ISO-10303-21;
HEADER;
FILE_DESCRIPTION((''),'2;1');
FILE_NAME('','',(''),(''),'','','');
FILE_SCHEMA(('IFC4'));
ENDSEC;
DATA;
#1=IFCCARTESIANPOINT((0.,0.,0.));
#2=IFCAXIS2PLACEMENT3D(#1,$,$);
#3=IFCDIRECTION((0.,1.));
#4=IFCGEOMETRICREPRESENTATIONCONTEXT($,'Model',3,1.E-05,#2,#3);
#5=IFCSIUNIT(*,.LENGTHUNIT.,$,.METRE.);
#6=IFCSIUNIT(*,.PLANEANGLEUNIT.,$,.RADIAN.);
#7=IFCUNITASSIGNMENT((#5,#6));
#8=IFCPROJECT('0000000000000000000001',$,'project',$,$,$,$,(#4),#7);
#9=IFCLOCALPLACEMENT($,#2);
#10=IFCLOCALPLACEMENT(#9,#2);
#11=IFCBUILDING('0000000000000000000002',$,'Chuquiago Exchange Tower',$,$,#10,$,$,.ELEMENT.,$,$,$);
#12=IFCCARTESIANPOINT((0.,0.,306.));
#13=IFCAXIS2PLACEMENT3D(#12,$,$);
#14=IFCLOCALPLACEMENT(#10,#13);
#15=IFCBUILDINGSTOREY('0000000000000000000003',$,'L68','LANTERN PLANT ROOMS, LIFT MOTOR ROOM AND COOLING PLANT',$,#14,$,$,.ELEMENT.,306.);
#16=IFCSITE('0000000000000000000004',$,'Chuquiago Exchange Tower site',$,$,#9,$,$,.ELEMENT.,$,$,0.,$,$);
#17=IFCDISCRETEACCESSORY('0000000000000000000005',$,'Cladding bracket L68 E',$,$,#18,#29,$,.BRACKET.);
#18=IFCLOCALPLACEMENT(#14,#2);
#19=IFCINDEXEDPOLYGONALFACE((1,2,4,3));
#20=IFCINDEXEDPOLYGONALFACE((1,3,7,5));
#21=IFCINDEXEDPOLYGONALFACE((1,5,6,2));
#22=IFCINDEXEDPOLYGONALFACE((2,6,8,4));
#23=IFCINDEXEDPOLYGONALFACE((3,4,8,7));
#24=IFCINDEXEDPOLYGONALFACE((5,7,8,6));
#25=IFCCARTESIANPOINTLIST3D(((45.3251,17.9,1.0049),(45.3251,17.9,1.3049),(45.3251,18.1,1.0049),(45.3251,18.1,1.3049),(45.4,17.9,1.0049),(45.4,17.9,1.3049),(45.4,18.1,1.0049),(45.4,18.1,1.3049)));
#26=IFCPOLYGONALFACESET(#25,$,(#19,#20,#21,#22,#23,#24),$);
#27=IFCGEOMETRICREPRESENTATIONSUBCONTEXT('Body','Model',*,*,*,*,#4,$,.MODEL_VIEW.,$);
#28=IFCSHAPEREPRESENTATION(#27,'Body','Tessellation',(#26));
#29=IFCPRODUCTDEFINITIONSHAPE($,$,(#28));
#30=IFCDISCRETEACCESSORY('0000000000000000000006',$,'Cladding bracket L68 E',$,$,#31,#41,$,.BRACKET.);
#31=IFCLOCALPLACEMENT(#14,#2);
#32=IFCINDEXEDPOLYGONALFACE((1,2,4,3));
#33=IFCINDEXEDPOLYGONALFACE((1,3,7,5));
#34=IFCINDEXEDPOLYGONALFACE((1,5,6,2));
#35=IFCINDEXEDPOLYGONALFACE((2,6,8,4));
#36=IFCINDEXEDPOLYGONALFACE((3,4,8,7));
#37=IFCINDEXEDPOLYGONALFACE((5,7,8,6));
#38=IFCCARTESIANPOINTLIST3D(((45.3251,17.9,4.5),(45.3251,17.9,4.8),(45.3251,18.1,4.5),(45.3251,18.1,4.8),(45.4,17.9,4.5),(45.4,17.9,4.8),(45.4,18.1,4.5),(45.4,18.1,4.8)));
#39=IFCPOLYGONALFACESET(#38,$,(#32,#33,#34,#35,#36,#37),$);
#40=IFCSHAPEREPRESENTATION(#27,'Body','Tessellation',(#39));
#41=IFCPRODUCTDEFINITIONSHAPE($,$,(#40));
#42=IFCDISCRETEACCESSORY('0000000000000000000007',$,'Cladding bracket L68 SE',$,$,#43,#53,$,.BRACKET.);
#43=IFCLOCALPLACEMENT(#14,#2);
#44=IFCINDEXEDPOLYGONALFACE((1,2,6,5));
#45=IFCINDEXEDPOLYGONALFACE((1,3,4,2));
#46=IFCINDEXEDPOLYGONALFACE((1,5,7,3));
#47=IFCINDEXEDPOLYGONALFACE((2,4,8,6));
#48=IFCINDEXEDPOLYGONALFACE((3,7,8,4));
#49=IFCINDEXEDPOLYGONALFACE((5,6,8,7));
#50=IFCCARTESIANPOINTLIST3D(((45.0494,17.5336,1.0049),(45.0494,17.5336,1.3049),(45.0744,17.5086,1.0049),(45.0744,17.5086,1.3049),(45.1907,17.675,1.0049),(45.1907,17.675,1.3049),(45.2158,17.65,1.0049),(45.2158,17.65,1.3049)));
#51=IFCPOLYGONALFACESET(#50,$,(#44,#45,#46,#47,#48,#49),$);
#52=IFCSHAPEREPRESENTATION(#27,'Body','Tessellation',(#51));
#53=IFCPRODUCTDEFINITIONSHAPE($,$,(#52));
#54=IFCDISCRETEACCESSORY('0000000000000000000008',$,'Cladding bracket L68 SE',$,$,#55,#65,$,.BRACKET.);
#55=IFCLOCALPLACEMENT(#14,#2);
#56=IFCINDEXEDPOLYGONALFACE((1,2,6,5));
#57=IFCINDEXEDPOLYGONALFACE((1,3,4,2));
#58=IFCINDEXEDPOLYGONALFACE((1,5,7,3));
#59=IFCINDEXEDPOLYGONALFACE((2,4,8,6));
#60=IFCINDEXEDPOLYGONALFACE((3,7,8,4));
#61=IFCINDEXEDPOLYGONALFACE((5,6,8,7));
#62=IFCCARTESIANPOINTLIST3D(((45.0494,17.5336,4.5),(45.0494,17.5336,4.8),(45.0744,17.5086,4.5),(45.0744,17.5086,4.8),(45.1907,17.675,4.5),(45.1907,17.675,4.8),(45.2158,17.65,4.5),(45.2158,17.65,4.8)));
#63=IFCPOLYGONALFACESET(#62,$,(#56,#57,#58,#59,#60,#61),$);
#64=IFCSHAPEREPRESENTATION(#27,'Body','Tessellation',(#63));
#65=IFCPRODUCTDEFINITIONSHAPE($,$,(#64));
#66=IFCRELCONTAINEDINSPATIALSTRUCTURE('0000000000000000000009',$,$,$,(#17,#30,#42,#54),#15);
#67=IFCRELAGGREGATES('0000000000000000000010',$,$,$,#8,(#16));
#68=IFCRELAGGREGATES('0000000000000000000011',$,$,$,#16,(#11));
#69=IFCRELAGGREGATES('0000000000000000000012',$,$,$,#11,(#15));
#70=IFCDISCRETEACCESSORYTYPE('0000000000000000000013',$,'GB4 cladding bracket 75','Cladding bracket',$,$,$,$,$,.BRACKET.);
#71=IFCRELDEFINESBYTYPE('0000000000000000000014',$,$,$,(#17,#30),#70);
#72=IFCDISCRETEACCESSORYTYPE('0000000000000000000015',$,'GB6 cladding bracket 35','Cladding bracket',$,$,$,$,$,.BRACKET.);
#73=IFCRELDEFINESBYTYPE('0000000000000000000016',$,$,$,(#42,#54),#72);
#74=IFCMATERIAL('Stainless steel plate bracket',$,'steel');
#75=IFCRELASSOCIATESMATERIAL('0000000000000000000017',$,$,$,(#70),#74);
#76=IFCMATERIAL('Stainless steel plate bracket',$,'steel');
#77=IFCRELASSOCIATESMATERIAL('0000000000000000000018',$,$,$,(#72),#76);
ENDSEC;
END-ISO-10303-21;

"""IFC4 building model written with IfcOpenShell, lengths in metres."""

from ifc_helpers import new_model, si_unit, direction, frame, origin, origin_2d, place, context, subcontext, project, spatial, rectangle, extrude, material, type_object, element, save


model = new_model("IFC4")

# Units and contexts
model_context = context("Model", 3, precision=1e-05, world=origin(), true_north=direction((0.0, 1.0)))
body_context = subcontext(model_context, "Body", "Model", "MODEL_VIEW")
ifc_project = project(units=[si_unit("LENGTHUNIT", "METRE"), si_unit("PLANEANGLEUNIT", "RADIAN")], contexts=[model_context])

# Site, building, storey
site_placement = place(None, origin())
site = spatial("IfcSite", under=ifc_project, at=site_placement, Name="Chuquiago Exchange Tower site", CompositionType="ELEMENT", RefElevation=0.0)
building_placement = place(site_placement, origin())
building = spatial("IfcBuilding", under=site, at=building_placement, Name="Chuquiago Exchange Tower", CompositionType="ELEMENT")
storey_placement = place(building_placement, frame((0.0, 0.0, 306.0)))
storey = spatial("IfcBuildingStorey", under=building, at=storey_placement, Name="L68", Description="LANTERN PLANT ROOMS, LIFT MOTOR ROOM AND COOLING PLANT", CompositionType="ELEMENT", Elevation=306.0)

# Discrete accessories
ifc_material_1 = material(Name="Stainless steel plate bracket", Category="steel")
discrete_accessory_type_1 = type_object("IfcDiscreteAccessoryType", Name="GB4 cladding bracket 75", Description="Cladding bracket", PredefinedType="BRACKET", material=ifc_material_1)
for number, where, z_axis, x_axis, name in (
    (1, (45.3625, 18.0, 1.0049), (0.0, 0.0, 1.0), (0.0, 1.0, 0.0), "Cladding bracket L68 E"),
    (2, (45.3625, 18.0, 4.5), (0.0, 0.0, 1.0), (0.0, 1.0, 0.0), "Cladding bracket L68 E"),
):
    element("IfcDiscreteAccessory", number, at=place(storey_placement, frame(where, z_axis=z_axis, x_axis=x_axis)), inside=storey, type_object=discrete_accessory_type_1, Name=name, PredefinedType="BRACKET", context=body_context, shape_type="SweptSolid", body=[
        extrude(rectangle(XDim=0.2, YDim=0.075, at=origin_2d()), origin(), (0.0, 0.0, 1.0), 0.3),
    ])
ifc_material_2 = material(Name="Stainless steel plate bracket", Category="steel")
discrete_accessory_type_2 = type_object("IfcDiscreteAccessoryType", Name="GB6 cladding bracket 35", Description="Cladding bracket", PredefinedType="BRACKET", material=ifc_material_2)
for number, where, z_axis, x_axis, name in (
    (3, (45.1326, 17.5918, 1.0049), (0.0, 0.0, 1.0), (0.707107, 0.707107, 0.0), "Cladding bracket L68 SE"),
    (4, (45.1326, 17.5918, 4.5), (0.0, 0.0, 1.0), (0.707107, 0.707107, 0.0), "Cladding bracket L68 SE"),
):
    element("IfcDiscreteAccessory", number, at=place(storey_placement, frame(where, z_axis=z_axis, x_axis=x_axis)), inside=storey, type_object=discrete_accessory_type_2, Name=name, PredefinedType="BRACKET", context=body_context, shape_type="SweptSolid", body=[
        extrude(rectangle(XDim=0.2, YDim=0.0354, at=origin_2d()), origin(), (0.0, 0.0, 1.0), 0.3),
    ])

save(model, "model.ifc")
